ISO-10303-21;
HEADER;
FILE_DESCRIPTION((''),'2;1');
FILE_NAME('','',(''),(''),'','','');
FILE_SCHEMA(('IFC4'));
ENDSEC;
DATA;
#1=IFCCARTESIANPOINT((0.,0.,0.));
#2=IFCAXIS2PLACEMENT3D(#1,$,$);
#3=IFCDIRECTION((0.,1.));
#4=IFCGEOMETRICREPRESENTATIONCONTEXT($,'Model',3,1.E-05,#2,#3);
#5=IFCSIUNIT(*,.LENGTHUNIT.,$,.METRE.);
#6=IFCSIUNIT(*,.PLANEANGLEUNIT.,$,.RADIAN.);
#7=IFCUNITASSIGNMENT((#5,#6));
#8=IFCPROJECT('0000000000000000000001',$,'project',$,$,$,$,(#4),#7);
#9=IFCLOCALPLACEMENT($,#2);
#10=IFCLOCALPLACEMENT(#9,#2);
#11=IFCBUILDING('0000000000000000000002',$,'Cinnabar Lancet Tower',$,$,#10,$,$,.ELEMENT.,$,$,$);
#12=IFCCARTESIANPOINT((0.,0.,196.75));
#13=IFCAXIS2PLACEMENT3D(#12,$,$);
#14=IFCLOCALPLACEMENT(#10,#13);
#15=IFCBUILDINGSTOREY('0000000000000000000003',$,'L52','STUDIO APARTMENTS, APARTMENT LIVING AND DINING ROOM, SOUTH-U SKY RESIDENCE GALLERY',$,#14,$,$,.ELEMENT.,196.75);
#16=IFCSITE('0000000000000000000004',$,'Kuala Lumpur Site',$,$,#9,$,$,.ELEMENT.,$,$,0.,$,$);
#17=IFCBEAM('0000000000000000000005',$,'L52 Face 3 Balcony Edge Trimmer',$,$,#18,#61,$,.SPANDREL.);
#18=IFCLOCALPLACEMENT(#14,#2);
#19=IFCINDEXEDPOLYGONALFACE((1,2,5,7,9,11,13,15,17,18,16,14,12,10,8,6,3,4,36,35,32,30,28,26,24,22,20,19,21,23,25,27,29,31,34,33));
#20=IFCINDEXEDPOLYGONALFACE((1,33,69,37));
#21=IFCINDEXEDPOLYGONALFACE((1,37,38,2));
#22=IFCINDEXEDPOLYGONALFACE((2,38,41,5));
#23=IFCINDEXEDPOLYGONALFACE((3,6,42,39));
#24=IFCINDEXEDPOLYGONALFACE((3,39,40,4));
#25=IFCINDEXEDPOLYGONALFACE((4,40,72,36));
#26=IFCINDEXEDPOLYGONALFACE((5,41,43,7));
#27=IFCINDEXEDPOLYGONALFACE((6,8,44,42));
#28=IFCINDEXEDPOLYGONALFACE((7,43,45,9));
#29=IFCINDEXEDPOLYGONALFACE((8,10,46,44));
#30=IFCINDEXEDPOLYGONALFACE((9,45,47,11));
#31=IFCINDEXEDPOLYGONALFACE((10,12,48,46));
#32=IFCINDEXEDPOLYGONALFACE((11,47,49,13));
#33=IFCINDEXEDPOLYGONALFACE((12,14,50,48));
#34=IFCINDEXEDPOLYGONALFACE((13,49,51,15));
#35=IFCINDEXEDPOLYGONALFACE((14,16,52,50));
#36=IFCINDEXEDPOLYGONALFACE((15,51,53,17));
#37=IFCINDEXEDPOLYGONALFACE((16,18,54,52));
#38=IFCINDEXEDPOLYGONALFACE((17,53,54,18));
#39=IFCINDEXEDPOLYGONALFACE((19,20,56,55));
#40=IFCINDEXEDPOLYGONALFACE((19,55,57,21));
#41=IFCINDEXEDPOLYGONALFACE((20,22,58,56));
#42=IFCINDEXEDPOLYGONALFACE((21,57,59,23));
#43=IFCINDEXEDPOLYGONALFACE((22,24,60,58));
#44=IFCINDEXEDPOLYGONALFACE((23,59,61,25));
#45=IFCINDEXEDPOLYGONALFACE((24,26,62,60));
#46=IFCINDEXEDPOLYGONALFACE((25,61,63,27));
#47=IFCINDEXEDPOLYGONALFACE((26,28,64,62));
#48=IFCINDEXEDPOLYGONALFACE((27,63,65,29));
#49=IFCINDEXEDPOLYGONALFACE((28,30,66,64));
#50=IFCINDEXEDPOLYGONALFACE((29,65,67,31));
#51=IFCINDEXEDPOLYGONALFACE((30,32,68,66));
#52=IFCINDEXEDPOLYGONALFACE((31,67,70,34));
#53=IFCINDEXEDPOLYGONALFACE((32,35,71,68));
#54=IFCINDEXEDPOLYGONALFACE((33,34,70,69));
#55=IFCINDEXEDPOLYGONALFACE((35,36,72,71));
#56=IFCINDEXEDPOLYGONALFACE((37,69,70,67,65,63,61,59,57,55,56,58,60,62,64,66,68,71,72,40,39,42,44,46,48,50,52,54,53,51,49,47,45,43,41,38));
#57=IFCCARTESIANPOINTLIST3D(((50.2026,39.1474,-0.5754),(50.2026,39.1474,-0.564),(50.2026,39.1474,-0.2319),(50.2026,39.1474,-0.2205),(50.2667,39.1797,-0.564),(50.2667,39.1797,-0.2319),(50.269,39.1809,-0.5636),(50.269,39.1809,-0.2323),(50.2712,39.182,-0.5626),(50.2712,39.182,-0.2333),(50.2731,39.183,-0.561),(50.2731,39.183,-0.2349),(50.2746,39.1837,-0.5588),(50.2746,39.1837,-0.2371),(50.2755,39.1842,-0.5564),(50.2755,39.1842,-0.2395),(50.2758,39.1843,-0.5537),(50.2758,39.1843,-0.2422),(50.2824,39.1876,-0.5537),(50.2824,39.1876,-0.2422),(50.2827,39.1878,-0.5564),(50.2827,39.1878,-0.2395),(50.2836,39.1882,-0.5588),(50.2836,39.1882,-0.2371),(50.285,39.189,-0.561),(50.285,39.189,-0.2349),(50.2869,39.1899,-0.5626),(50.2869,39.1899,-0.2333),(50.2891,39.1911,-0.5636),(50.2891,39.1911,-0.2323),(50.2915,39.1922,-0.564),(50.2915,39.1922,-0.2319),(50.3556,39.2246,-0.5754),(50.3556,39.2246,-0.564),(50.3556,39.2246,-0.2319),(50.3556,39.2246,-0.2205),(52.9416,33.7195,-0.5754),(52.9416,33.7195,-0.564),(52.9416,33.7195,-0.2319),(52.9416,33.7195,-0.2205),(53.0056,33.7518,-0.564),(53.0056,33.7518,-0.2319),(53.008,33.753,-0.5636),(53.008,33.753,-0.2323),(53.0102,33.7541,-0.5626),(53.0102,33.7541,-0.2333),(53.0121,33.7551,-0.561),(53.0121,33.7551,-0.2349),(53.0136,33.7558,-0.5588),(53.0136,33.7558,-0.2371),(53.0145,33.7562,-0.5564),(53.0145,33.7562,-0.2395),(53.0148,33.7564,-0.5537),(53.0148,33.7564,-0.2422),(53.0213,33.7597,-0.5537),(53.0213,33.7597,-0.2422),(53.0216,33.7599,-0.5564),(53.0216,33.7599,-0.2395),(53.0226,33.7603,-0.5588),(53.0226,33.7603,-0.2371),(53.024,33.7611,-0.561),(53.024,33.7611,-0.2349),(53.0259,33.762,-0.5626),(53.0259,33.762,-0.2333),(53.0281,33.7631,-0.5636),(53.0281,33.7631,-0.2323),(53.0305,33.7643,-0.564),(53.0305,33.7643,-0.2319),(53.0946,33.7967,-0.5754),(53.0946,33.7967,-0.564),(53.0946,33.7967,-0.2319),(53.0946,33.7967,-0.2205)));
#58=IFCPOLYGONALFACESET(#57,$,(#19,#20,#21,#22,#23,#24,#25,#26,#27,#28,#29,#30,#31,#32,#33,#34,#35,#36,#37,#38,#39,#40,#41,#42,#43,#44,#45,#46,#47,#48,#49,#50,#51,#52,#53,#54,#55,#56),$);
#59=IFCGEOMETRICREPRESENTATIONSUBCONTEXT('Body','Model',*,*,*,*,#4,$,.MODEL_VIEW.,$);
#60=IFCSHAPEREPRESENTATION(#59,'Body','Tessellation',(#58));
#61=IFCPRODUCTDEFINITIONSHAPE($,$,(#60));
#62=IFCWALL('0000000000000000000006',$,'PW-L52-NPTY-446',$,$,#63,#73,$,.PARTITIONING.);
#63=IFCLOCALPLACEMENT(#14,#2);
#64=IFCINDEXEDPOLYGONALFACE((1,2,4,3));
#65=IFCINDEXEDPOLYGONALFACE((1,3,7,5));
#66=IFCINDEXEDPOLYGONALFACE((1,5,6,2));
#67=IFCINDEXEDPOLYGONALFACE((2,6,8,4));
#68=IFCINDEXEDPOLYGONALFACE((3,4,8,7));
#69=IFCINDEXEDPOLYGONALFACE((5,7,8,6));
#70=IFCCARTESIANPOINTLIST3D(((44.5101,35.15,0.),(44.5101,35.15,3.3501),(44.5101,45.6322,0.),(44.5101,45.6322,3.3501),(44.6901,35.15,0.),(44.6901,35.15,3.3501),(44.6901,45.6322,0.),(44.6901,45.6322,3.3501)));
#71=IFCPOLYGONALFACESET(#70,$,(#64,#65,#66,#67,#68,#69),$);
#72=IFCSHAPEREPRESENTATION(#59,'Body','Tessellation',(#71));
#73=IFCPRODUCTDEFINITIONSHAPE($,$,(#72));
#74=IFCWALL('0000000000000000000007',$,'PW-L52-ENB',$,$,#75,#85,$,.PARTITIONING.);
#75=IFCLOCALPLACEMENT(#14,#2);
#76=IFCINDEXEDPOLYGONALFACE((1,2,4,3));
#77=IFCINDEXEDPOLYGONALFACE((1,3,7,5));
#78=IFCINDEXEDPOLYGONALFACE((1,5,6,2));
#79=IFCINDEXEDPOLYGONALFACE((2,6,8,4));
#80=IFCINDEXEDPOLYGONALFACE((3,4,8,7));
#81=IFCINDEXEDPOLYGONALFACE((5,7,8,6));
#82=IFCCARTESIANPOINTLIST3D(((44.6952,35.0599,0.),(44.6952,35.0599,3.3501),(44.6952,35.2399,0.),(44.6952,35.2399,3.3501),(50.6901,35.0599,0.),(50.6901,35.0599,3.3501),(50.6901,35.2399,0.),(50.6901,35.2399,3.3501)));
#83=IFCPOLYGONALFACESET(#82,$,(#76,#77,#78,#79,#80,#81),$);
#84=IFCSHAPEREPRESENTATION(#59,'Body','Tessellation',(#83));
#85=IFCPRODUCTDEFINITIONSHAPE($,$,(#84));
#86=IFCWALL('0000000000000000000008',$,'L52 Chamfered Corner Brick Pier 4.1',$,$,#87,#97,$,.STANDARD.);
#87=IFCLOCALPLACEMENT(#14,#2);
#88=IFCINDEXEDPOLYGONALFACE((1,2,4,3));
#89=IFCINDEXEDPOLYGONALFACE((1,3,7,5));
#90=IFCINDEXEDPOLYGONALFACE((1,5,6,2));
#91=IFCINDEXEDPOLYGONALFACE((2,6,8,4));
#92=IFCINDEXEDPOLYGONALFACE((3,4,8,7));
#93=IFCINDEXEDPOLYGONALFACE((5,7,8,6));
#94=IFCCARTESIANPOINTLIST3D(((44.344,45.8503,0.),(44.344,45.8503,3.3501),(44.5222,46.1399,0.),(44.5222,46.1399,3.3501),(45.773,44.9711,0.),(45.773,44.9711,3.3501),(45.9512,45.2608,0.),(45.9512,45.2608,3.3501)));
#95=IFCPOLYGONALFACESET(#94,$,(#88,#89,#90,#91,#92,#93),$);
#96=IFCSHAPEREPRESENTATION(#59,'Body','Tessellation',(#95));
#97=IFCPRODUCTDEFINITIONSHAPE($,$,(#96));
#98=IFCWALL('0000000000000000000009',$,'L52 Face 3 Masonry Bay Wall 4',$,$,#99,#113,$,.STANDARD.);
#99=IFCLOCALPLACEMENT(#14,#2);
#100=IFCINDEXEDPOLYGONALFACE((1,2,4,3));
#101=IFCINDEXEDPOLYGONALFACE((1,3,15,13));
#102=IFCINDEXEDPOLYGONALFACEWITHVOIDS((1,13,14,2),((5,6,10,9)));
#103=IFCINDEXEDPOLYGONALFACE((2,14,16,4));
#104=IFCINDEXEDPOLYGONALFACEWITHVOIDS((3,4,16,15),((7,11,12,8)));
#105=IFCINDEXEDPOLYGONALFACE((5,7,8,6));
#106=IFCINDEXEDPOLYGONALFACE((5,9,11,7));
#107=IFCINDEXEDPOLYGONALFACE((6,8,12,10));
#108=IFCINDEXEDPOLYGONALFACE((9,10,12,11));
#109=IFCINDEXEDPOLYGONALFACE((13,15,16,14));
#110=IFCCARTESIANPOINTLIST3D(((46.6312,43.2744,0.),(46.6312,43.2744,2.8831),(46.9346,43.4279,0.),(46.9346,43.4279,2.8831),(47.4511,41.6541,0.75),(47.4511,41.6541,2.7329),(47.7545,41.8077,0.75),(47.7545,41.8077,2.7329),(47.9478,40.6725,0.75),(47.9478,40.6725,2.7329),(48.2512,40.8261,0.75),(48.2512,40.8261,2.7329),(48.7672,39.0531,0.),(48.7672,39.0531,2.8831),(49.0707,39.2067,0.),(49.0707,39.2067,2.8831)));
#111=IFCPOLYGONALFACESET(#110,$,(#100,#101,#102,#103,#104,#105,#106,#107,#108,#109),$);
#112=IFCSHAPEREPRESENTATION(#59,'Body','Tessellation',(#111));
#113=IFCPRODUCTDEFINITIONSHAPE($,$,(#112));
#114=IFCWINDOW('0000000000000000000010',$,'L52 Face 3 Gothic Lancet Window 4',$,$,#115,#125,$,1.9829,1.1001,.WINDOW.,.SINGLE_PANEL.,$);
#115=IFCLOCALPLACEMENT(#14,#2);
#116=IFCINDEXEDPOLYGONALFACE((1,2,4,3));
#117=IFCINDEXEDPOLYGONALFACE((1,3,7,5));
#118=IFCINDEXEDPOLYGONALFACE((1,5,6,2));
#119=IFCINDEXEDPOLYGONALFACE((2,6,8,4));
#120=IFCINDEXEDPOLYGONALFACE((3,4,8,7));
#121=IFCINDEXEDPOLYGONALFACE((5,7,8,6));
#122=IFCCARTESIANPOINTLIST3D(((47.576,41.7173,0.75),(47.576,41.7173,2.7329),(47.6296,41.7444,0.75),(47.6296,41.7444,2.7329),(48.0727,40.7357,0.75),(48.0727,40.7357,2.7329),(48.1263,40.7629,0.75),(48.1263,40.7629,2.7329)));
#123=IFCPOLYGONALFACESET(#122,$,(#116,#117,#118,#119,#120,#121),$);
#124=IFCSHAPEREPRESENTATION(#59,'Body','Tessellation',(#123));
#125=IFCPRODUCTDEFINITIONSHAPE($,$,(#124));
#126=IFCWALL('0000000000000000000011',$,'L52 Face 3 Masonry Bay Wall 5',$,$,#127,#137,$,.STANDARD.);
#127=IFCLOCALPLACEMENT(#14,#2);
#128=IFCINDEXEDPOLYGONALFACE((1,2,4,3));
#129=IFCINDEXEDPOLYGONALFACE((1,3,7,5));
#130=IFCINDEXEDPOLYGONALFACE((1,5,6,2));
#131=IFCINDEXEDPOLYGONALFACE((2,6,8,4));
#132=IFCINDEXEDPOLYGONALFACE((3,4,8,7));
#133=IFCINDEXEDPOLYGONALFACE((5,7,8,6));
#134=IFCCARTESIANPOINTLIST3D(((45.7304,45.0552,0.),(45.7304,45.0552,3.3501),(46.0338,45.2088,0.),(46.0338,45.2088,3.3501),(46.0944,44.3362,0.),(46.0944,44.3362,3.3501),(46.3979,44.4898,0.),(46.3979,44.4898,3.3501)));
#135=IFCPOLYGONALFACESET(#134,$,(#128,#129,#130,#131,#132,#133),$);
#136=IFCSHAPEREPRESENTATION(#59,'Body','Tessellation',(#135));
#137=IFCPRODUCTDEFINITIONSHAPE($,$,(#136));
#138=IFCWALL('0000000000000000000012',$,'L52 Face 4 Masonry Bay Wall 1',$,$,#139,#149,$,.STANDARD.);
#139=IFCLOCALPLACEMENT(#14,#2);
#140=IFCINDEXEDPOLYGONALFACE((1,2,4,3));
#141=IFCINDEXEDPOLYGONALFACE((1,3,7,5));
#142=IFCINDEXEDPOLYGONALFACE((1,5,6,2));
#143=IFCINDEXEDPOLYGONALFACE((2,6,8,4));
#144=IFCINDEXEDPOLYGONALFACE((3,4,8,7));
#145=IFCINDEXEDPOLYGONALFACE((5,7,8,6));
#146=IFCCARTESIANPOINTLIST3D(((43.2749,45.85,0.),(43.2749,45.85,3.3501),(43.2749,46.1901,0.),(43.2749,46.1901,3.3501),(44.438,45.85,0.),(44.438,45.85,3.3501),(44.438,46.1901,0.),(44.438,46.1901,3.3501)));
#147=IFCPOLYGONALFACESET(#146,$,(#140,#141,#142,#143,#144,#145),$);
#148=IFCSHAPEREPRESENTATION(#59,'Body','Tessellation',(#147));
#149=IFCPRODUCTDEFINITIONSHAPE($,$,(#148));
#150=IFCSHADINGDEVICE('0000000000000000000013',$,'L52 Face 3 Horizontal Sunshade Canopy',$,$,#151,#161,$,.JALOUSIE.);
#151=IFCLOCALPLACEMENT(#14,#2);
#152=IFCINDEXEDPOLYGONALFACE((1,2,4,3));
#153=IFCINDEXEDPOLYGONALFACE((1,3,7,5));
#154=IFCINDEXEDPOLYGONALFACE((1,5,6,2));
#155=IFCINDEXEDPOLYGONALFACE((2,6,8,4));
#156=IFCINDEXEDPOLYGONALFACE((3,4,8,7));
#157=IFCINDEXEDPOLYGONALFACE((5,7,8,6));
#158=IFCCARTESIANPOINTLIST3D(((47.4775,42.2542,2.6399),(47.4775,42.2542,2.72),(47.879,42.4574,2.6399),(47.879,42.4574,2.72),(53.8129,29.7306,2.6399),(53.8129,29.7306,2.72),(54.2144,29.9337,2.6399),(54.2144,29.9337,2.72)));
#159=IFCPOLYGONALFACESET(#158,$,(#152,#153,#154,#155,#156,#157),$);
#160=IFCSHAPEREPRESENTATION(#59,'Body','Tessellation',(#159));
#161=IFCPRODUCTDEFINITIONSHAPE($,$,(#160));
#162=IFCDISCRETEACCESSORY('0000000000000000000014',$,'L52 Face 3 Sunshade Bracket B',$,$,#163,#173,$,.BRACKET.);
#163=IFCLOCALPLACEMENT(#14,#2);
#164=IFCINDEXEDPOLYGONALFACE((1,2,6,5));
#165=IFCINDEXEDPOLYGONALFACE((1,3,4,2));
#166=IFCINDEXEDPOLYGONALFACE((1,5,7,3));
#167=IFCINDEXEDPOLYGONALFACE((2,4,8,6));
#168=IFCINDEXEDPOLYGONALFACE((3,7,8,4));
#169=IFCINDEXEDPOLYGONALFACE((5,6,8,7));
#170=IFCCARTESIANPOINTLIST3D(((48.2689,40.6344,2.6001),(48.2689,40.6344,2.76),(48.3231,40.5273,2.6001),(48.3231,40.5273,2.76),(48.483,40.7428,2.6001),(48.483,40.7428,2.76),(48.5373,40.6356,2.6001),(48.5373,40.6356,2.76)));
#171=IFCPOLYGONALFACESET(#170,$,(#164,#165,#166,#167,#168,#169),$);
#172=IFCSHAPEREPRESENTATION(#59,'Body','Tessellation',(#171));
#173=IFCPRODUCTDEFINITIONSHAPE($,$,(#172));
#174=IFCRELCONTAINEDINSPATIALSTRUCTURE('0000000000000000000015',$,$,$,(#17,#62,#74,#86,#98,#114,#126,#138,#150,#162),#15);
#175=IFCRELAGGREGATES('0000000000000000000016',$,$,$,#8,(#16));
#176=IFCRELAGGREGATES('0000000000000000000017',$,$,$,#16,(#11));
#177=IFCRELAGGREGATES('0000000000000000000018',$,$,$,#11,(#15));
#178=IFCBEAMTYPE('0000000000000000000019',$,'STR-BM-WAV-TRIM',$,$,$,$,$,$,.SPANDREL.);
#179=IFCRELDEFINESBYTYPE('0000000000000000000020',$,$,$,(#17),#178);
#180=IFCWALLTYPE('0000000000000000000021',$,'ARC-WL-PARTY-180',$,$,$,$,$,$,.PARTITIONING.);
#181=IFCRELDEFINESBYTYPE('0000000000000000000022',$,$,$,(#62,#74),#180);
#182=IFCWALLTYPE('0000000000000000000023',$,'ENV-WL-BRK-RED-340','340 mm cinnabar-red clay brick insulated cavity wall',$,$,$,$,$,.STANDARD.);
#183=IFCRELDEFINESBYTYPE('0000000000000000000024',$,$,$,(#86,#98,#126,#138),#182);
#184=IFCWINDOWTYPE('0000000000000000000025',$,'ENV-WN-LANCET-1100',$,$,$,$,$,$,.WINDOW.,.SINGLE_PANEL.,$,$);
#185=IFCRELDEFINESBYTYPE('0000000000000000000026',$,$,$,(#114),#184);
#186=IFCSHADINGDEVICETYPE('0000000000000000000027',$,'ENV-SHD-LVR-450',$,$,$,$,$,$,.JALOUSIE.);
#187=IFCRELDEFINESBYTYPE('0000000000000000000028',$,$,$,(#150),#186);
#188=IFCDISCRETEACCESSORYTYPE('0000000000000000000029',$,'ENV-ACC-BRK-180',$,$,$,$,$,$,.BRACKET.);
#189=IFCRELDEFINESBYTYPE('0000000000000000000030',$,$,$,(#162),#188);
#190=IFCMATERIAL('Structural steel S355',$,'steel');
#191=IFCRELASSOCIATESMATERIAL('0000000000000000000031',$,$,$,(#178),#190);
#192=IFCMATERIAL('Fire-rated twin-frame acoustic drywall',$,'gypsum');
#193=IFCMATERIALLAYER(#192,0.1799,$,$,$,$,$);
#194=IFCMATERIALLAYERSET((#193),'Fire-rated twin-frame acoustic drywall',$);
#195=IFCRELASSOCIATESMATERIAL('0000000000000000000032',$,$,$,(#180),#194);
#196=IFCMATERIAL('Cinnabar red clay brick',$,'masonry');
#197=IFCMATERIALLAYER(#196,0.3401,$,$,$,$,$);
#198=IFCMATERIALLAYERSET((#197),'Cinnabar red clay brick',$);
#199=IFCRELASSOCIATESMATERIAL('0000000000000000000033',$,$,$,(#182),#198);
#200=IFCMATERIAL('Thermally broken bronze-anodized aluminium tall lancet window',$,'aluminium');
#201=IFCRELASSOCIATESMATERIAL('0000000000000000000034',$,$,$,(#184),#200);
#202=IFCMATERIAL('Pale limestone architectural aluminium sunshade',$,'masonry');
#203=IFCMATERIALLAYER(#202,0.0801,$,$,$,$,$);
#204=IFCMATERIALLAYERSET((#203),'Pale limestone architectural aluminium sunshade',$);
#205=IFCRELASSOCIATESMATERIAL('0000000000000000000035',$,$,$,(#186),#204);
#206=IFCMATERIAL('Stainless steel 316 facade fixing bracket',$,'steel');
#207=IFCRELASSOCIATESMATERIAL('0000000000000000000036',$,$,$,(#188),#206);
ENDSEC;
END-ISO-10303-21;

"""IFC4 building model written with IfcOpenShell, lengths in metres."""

from ifc_helpers import new_model, si_unit, direction, frame, frame_2d, origin, origin_2d, place, context, subcontext, project, spatial, rectangle, i_section, extrude, material, layer, layer_set, material_profile, profile_set, type_object, element, fill, save


model = new_model("IFC4")

# Units and contexts
model_context = context("Model", 3, precision=1e-05, world=origin(), true_north=direction((0.0, 1.0)))
body_context = subcontext(model_context, "Body", "Model", "MODEL_VIEW")
ifc_project = project(units=[si_unit("LENGTHUNIT", "METRE"), si_unit("PLANEANGLEUNIT", "RADIAN")], contexts=[model_context])

# Site, building, storey
site_placement = place(None, origin())
site = spatial("IfcSite", under=ifc_project, at=site_placement, Name="Kuala Lumpur Site", CompositionType="ELEMENT", RefElevation=0.0)
building_placement = place(site_placement, origin())
building = spatial("IfcBuilding", under=site, at=building_placement, Name="Cinnabar Lancet Tower", CompositionType="ELEMENT")
storey_placement = place(building_placement, frame((0.0, 0.0, 196.75)))
storey = spatial("IfcBuildingStorey", under=building, at=storey_placement, Name="L52", Description="STUDIO APARTMENTS, APARTMENT LIVING AND DINING ROOM, SOUTH-U SKY RESIDENCE GALLERY", CompositionType="ELEMENT", Elevation=196.75)

# Beam
ifc_material_1 = material(Name="Structural steel S355", Category="steel")
ifc_material_profile_1 = material_profile(ifc_material_1, i_section(OverallWidth=0.1714, OverallDepth=0.355, WebThickness=0.0073, FlangeThickness=0.0115, FilletRadius=0.0103, at=origin_2d()), Name="UKB 356x171x51")
ifc_profile_set_1 = profile_set([ifc_material_profile_1], Name="Structural steel S355")
beam_type_1 = type_object("IfcBeamType", Name="STR-BM-WAV-TRIM", PredefinedType="SPANDREL", material=ifc_profile_set_1)
beam_1_placement = place(storey_placement, frame((53.0181, 33.7581, -0.3979), z_axis=(-0.450503, 0.892775, 0.0), x_axis=(-0.892775, -0.450503, 0.0)))
element("IfcBeam", 1, at=beam_1_placement, inside=storey, type_object=beam_type_1, Name="L52 Face 3 Balcony Edge Trimmer", PredefinedType="SPANDREL", context=body_context, shape_type="SweptSolid", body=[
    extrude(i_section(OverallWidth=0.1714, OverallDepth=0.355, WebThickness=0.0073, FlangeThickness=0.0115, FilletRadius=0.0103, at=origin_2d()), origin(), (0.0, 0.0, 1.0), 6.0798),
])

# Walls
ifc_material_2 = material(Name="Fire-rated twin-frame acoustic drywall", Category="gypsum")
ifc_layer_1 = layer(ifc_material_2, 0.1799)
ifc_layer_set_1 = layer_set([ifc_layer_1], Name="Fire-rated twin-frame acoustic drywall")
wall_type_1 = type_object("IfcWallType", Name="ARC-WL-PARTY-180", PredefinedType="PARTITIONING", material=ifc_layer_set_1)
wall_1_placement = place(storey_placement, frame((44.6001, 35.1499, 0.0), z_axis=(0.0, 0.0, 1.0), x_axis=(0.0, 1.0, 0.0)))
element("IfcWall", 2, at=wall_1_placement, inside=storey, type_object=wall_type_1, Name="PW-L52-NPTY-446", PredefinedType="PARTITIONING", context=body_context, shape_type="SweptSolid", body=[
    extrude(rectangle(XDim=10.4822, YDim=0.1799, at=frame_2d((5.2412, 0.0))), origin(), (0.0, 0.0, 1.0), 3.3501),
])
wall_2_placement = place(storey_placement, frame((44.6951, 35.1499, 0.0), z_axis=(0.0, 0.0, 1.0), x_axis=(1.0, 0.0, 0.0)))
element("IfcWall", 3, at=wall_2_placement, inside=storey, type_object=wall_type_1, Name="PW-L52-ENB", PredefinedType="PARTITIONING", context=body_context, shape_type="SweptSolid", body=[
    extrude(rectangle(XDim=5.9949, YDim=0.1799, at=frame_2d((2.9976, 0.0))), origin(), (0.0, 0.0, 1.0), 3.3501),
])
ifc_material_3 = material(Name="Cinnabar red clay brick", Category="masonry")
ifc_layer_2 = layer(ifc_material_3, 0.3401)
ifc_layer_set_2 = layer_set([ifc_layer_2], Name="Cinnabar red clay brick")
wall_type_2 = type_object("IfcWallType", Name="ENV-WL-BRK-RED-340", Description="340 mm cinnabar-red clay brick insulated cavity wall", PredefinedType="STANDARD", material=ifc_layer_set_2)
wall_3_placement = place(storey_placement, frame((45.8621, 45.116, 0.0), z_axis=(0.0, 0.0, 1.0), x_axis=(-0.851713, 0.524008, 0.0)))
element("IfcWall", 4, at=wall_3_placement, inside=storey, type_object=wall_type_2, Name="L52 Chamfered Corner Brick Pier 4.1", PredefinedType="STANDARD", context=body_context, shape_type="SweptSolid", body=[
    extrude(rectangle(XDim=1.6777, YDim=0.3401, at=frame_2d((0.8389, 0.0))), origin(), (0.0, 0.0, 1.0), 3.3501),
])

# Wall, opening, window
wall_4_placement = place(storey_placement, frame((48.9189, 39.1299, 0.0), z_axis=(0.0, 0.0, 1.0), x_axis=(-0.451502, 0.89227, 0.0)))
wall_4 = element("IfcWall", 5, at=wall_4_placement, inside=storey, type_object=wall_type_2, Name="L52 Face 3 Masonry Bay Wall 4", PredefinedType="STANDARD", context=body_context, shape_type="SweptSolid", body=[
    extrude(rectangle(XDim=4.731, YDim=0.3401, at=frame_2d((2.3655, 0.0))), origin(), (0.0, 0.0, 1.0), 2.8831),
])
opening_placement = place(wall_4_placement, frame((1.8149, 0.0, 0.75)))
opening = element("IfcOpeningElement", 6, at=opening_placement, cuts=wall_4, PredefinedType="OPENING", context=body_context, shape_type="SweptSolid", body=[
    extrude(rectangle(XDim=1.1001, YDim=1.9829, at=frame_2d((0.55, 0.9915))), frame((0.0, 0.1799, 0.0), z_axis=(0.0, -1.0, 0.0), x_axis=(1.0, 0.0, 0.0)), (0.0, 0.0, 1.0), 0.3601),
])
ifc_material_4 = material(Name="Thermally broken bronze-anodized aluminium tall lancet window", Category="aluminium")
window_type = type_object("IfcWindowType", Name="ENV-WN-LANCET-1100", PartitioningType="SINGLE_PANEL", PredefinedType="WINDOW", material=ifc_material_4)
window_placement = place(opening_placement, origin())
window = element("IfcWindow", 7, at=window_placement, inside=storey, type_object=window_type, Name="L52 Face 3 Gothic Lancet Window 4", OverallHeight=1.9829, OverallWidth=1.1001, PartitioningType="SINGLE_PANEL", PredefinedType="WINDOW", context=body_context, shape_type="SweptSolid", body=[
    extrude(rectangle(XDim=1.1001, YDim=1.9829, at=frame_2d((0.55, 0.9915))), frame((0.0, 0.03, 0.0), z_axis=(0.0, -1.0, 0.0), x_axis=(1.0, 0.0, 0.0)), (0.0, 0.0, 1.0), 0.0601),
])
fill(opening, window)

# Walls
wall_5_placement = place(storey_placement, frame((46.2461, 44.4131, 0.0), z_axis=(0.0, 0.0, 1.0), x_axis=(-0.451692, 0.892174, 0.0)))
element("IfcWall", 8, at=wall_5_placement, inside=storey, type_object=wall_type_2, Name="L52 Face 3 Masonry Bay Wall 5", PredefinedType="STANDARD", context=body_context, shape_type="SweptSolid", body=[
    extrude(rectangle(XDim=0.8059, YDim=0.3401, at=frame_2d((0.4028, 0.0))), origin(), (0.0, 0.0, 1.0), 3.3501),
])
wall_6_placement = place(storey_placement, frame((44.438, 46.02, 0.0), z_axis=(0.0, 0.0, 1.0), x_axis=(-1.0, 0.0, 0.0)))
element("IfcWall", 9, at=wall_6_placement, inside=storey, type_object=wall_type_2, Name="L52 Face 4 Masonry Bay Wall 1", PredefinedType="STANDARD", context=body_context, shape_type="SweptSolid", body=[
    extrude(rectangle(XDim=1.1631, YDim=0.3401, at=frame_2d((0.5815, 0.0))), origin(), (0.0, 0.0, 1.0), 3.3501),
])

# Shading device
ifc_material_5 = material(Name="Pale limestone architectural aluminium sunshade", Category="masonry")
ifc_layer_3 = layer(ifc_material_5, 0.0801)
ifc_layer_set_3 = layer_set([ifc_layer_3], Name="Pale limestone architectural aluminium sunshade")
shading_device_type = type_object("IfcShadingDeviceType", Name="ENV-SHD-LVR-450", PredefinedType="JALOUSIE", material=ifc_layer_set_3)
shading_device_placement = place(storey_placement, frame((50.8459, 36.094, 2.6399), z_axis=(0.0, 0.0, 1.0), x_axis=(-0.451407, 0.892318, 0.0)))
element("IfcShadingDevice", 10, at=shading_device_placement, inside=storey, type_object=shading_device_type, Name="L52 Face 3 Horizontal Sunshade Canopy", PredefinedType="JALOUSIE", context=body_context, shape_type="SweptSolid", body=[
    extrude(rectangle(XDim=14.0349, YDim=0.45, at=origin_2d()), origin(), (0.0, 0.0, 1.0), 0.0801),
])

# Discrete accessory
ifc_material_6 = material(Name="Stainless steel 316 facade fixing bracket", Category="steel")
discrete_accessory_type = type_object("IfcDiscreteAccessoryType", Name="ENV-ACC-BRK-180", PredefinedType="BRACKET", material=ifc_material_6)
discrete_accessory_placement = place(storey_placement, frame((48.4031, 40.635, 2.6001), z_axis=(0.0, 0.0, 1.0), x_axis=(-0.451407, 0.892318, 0.0)))
element("IfcDiscreteAccessory", 11, at=discrete_accessory_placement, inside=storey, type_object=discrete_accessory_type, Name="L52 Face 3 Sunshade Bracket B", PredefinedType="BRACKET", context=body_context, shape_type="SweptSolid", body=[
    extrude(rectangle(XDim=0.1201, YDim=0.24, at=origin_2d()), origin(), (0.0, 0.0, 1.0), 0.1599),
])

save(model, "model.ifc")
